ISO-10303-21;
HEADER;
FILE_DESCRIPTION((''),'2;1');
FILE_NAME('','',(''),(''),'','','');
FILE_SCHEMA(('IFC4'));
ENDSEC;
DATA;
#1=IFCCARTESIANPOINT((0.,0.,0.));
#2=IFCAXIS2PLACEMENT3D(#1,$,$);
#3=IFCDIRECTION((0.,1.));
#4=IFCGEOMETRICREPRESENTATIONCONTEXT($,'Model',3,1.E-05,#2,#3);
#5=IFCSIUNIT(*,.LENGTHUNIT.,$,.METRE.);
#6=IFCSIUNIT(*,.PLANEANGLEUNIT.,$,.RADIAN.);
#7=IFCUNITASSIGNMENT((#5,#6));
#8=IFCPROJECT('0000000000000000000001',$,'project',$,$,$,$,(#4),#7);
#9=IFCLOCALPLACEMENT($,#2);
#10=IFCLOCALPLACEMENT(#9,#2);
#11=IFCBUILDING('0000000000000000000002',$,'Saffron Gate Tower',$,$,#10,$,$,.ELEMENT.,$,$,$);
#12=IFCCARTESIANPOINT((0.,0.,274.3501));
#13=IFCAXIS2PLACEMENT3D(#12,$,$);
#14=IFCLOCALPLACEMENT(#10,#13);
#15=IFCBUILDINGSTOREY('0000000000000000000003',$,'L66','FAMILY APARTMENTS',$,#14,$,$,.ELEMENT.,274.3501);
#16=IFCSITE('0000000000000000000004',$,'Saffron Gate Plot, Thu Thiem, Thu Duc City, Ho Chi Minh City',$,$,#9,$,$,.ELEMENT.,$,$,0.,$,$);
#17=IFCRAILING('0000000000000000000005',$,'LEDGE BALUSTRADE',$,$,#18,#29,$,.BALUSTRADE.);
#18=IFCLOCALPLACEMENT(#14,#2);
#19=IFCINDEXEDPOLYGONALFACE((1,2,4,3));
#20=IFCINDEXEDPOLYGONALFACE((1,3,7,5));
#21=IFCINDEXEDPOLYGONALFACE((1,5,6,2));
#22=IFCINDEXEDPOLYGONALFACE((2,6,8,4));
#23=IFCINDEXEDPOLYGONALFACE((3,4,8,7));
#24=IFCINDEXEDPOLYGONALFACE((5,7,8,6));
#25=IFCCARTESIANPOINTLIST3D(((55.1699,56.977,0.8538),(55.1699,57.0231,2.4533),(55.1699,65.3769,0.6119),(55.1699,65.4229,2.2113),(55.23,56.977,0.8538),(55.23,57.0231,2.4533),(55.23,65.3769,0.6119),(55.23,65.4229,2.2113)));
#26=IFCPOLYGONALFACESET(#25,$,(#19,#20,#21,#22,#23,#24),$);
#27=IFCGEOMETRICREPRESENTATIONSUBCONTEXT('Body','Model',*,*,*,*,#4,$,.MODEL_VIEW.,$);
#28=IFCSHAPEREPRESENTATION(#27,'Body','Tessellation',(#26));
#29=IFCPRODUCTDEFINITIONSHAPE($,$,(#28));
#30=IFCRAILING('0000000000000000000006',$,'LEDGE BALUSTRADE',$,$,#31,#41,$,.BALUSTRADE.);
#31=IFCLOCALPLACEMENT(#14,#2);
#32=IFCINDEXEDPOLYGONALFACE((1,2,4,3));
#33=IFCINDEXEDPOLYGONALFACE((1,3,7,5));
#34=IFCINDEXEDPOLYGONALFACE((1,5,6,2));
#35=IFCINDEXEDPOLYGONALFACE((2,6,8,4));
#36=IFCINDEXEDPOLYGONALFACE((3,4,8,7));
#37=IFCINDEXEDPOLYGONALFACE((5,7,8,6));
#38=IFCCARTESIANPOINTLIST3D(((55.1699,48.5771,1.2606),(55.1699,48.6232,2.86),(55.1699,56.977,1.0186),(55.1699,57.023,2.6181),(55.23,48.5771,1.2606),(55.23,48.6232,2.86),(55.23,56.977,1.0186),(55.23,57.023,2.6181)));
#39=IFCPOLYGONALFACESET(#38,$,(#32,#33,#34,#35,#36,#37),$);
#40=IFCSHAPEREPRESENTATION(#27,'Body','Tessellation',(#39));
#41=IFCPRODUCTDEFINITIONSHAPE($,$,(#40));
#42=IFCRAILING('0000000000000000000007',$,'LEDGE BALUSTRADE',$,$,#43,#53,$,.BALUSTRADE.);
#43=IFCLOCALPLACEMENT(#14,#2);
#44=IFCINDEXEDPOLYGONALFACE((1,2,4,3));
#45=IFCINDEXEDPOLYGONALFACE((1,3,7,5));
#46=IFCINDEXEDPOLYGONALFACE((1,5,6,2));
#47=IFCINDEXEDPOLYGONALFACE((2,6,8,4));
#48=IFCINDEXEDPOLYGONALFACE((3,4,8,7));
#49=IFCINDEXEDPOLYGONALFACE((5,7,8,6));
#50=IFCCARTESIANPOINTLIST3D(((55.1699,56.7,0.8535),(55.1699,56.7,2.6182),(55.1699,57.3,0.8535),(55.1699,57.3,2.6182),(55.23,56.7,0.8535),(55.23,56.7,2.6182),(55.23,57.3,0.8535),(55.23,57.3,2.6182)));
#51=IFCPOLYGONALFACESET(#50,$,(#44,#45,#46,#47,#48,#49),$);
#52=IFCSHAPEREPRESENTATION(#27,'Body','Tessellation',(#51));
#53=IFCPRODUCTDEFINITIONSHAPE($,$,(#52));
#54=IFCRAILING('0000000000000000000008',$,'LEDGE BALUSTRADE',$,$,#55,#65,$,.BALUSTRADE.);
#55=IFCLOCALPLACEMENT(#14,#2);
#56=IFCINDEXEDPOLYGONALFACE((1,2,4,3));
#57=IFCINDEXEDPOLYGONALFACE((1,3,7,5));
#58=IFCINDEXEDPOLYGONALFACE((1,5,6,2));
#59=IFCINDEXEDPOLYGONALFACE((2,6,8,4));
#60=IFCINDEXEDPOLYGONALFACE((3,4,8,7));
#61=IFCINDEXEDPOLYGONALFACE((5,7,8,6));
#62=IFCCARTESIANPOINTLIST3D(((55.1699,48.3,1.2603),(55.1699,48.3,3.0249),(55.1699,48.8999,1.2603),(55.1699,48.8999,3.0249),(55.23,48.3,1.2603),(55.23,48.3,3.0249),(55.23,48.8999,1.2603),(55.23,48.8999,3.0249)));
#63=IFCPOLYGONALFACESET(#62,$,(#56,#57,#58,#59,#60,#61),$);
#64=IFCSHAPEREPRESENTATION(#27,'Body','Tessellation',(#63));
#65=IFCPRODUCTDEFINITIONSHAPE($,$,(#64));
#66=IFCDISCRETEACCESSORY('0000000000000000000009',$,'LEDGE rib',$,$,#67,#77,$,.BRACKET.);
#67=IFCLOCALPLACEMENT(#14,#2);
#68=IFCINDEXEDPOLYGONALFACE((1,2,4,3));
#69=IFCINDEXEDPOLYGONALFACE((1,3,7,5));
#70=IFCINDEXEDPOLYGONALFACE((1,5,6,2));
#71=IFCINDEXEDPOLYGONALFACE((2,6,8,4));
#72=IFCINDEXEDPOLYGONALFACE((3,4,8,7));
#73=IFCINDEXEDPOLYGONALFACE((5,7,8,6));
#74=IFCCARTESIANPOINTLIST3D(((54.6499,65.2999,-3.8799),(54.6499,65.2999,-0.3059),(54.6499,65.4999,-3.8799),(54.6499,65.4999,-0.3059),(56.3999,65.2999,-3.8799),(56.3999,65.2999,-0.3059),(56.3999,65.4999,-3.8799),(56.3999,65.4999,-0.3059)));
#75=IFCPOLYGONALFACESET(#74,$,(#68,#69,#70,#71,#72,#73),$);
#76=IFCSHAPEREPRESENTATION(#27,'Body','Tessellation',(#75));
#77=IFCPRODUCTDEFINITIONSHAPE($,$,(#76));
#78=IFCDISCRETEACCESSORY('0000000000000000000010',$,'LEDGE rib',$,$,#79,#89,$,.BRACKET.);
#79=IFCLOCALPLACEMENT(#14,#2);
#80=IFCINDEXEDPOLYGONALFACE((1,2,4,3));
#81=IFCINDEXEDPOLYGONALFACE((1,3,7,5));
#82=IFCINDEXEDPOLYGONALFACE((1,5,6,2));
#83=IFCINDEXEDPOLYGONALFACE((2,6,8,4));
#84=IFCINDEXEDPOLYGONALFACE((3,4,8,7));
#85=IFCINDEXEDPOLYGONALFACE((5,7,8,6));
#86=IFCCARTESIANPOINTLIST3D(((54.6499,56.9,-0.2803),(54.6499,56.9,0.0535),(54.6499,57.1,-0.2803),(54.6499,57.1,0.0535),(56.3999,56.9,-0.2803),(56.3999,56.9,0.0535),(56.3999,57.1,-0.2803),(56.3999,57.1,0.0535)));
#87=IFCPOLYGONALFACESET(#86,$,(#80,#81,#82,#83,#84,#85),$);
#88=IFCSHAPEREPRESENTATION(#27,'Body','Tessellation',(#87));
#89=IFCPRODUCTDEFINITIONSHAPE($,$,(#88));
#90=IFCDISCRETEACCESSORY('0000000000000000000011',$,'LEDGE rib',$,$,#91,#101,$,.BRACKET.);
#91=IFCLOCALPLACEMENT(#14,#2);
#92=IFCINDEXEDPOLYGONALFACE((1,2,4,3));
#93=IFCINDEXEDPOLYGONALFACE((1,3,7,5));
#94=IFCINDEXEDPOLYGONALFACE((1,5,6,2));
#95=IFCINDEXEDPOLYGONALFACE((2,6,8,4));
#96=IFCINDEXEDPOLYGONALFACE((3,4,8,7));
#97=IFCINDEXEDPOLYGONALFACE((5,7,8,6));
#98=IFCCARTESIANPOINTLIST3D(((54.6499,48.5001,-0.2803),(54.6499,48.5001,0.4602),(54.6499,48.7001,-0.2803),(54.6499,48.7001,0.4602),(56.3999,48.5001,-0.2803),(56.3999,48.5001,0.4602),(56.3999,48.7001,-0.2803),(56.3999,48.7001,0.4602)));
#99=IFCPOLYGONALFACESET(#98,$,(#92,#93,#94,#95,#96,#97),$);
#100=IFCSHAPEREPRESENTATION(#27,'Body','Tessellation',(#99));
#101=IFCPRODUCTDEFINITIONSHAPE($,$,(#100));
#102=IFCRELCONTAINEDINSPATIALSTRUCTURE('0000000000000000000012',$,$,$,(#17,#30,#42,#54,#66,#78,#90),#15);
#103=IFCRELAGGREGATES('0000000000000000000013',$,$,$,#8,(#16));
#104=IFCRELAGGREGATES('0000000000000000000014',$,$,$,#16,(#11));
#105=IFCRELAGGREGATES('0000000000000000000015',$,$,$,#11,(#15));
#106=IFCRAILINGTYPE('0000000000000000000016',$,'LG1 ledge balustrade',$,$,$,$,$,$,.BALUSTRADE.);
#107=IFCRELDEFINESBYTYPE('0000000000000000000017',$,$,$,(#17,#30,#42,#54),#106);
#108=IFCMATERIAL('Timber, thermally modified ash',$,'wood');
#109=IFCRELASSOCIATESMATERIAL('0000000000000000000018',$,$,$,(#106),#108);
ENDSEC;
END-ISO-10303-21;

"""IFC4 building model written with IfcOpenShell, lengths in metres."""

from ifc_helpers import new_model, si_unit, direction, frame, origin, origin_2d, place, context, subcontext, project, spatial, rectangle, extrude, material, type_object, element, save


model = new_model("IFC4")

# Units and contexts
model_context = context("Model", 3, precision=1e-05, world=origin(), true_north=direction((0.0, 1.0)))
body_context = subcontext(model_context, "Body", "Model", "MODEL_VIEW")
ifc_project = project(units=[si_unit("LENGTHUNIT", "METRE"), si_unit("PLANEANGLEUNIT", "RADIAN")], contexts=[model_context])

# Site, building, storey
site_placement = place(None, origin())
site = spatial("IfcSite", under=ifc_project, at=site_placement, Name="Saffron Gate Plot, Thu Thiem, Thu Duc City, Ho Chi Minh City", CompositionType="ELEMENT", RefElevation=0.0)
building_placement = place(site_placement, origin())
building = spatial("IfcBuilding", under=site, at=building_placement, Name="Saffron Gate Tower", CompositionType="ELEMENT")
storey_placement = place(building_placement, frame((0.0, 0.0, 274.3501)))
storey = spatial("IfcBuildingStorey", under=building, at=storey_placement, Name="L66", Description="FAMILY APARTMENTS", CompositionType="ELEMENT", Elevation=274.3501)

# Shared definitions
ifc_material_1 = material(Name="Timber, thermally modified ash", Category="wood")

# Railings
railing_type = type_object("IfcRailingType", Name="LG1 ledge balustrade", PredefinedType="BALUSTRADE", material=ifc_material_1)
for number, where, name in (
    (1, (55.2, 65.3999, 0.6116), "LEDGE BALUSTRADE"),
    (2, (55.2, 57.0, 1.0183), "LEDGE BALUSTRADE"),
):
    element("IfcRailing", number, at=place(storey_placement, frame(where)), inside=storey, type_object=railing_type, Name=name, PredefinedType="BALUSTRADE", context=body_context, shape_type="SweptSolid", body=[
        extrude(rectangle(XDim=0.0601, YDim=1.6001, at=origin_2d()), frame((0.0, 0.0, 0.8), z_axis=(0.0, -0.999585, 0.028791), x_axis=(1.0, 0.0, 0.0)), (0.0, 0.0, 1.0), 8.4033),
    ])
railing_1_placement = place(storey_placement, frame((55.2, 57.3, 0.8535)))
element("IfcRailing", 3, at=railing_1_placement, inside=storey, type_object=railing_type, Name="LEDGE BALUSTRADE", PredefinedType="BALUSTRADE", context=body_context, shape_type="SweptSolid", body=[
    extrude(rectangle(XDim=0.0601, YDim=1.7646, at=origin_2d()), frame((0.0, 0.0, 0.8823), z_axis=(0.0, -1.0, 0.0), x_axis=(1.0, 0.0, 0.0)), (0.0, 0.0, 1.0), 0.6001),
])
railing_2_placement = place(storey_placement, frame((55.2, 48.8999, 1.2603)))
element("IfcRailing", 4, at=railing_2_placement, inside=storey, type_object=railing_type, Name="LEDGE BALUSTRADE", PredefinedType="BALUSTRADE", context=body_context, shape_type="SweptSolid", body=[
    extrude(rectangle(XDim=0.0601, YDim=1.7646, at=origin_2d()), frame((0.0, 0.0, 0.8823), z_axis=(0.0, -1.0, 0.0), x_axis=(1.0, 0.0, 0.0)), (0.0, 0.0, 1.0), 0.5999),
])

# Discrete accessories
discrete_accessory_1_placement = place(storey_placement, frame((55.5249, 65.3999, -3.8799), z_axis=(0.0, 0.0, 1.0), x_axis=(0.0, -1.0, 0.0)))
element("IfcDiscreteAccessory", 5, at=discrete_accessory_1_placement, inside=storey, Name="LEDGE rib", PredefinedType="BRACKET", context=body_context, shape_type="SweptSolid", body=[
    extrude(rectangle(XDim=0.2, YDim=1.75, at=origin_2d()), origin(), (0.0, 0.0, 1.0), 3.574),
])
discrete_accessory_2_placement = place(storey_placement, frame((55.5249, 57.0, -0.2803), z_axis=(0.0, 0.0, 1.0), x_axis=(0.0, -1.0, 0.0)))
element("IfcDiscreteAccessory", 6, at=discrete_accessory_2_placement, inside=storey, Name="LEDGE rib", PredefinedType="BRACKET", context=body_context, shape_type="SweptSolid", body=[
    extrude(rectangle(XDim=0.2, YDim=1.75, at=origin_2d()), origin(), (0.0, 0.0, 1.0), 0.3337),
])
discrete_accessory_3_placement = place(storey_placement, frame((55.5249, 48.6001, -0.2803), z_axis=(0.0, 0.0, 1.0), x_axis=(0.0, -1.0, 0.0)))
element("IfcDiscreteAccessory", 7, at=discrete_accessory_3_placement, inside=storey, Name="LEDGE rib", PredefinedType="BRACKET", context=body_context, shape_type="SweptSolid", body=[
    extrude(rectangle(XDim=0.2, YDim=1.75, at=origin_2d()), origin(), (0.0, 0.0, 1.0), 0.7405),
])

save(model, "model.ifc")
